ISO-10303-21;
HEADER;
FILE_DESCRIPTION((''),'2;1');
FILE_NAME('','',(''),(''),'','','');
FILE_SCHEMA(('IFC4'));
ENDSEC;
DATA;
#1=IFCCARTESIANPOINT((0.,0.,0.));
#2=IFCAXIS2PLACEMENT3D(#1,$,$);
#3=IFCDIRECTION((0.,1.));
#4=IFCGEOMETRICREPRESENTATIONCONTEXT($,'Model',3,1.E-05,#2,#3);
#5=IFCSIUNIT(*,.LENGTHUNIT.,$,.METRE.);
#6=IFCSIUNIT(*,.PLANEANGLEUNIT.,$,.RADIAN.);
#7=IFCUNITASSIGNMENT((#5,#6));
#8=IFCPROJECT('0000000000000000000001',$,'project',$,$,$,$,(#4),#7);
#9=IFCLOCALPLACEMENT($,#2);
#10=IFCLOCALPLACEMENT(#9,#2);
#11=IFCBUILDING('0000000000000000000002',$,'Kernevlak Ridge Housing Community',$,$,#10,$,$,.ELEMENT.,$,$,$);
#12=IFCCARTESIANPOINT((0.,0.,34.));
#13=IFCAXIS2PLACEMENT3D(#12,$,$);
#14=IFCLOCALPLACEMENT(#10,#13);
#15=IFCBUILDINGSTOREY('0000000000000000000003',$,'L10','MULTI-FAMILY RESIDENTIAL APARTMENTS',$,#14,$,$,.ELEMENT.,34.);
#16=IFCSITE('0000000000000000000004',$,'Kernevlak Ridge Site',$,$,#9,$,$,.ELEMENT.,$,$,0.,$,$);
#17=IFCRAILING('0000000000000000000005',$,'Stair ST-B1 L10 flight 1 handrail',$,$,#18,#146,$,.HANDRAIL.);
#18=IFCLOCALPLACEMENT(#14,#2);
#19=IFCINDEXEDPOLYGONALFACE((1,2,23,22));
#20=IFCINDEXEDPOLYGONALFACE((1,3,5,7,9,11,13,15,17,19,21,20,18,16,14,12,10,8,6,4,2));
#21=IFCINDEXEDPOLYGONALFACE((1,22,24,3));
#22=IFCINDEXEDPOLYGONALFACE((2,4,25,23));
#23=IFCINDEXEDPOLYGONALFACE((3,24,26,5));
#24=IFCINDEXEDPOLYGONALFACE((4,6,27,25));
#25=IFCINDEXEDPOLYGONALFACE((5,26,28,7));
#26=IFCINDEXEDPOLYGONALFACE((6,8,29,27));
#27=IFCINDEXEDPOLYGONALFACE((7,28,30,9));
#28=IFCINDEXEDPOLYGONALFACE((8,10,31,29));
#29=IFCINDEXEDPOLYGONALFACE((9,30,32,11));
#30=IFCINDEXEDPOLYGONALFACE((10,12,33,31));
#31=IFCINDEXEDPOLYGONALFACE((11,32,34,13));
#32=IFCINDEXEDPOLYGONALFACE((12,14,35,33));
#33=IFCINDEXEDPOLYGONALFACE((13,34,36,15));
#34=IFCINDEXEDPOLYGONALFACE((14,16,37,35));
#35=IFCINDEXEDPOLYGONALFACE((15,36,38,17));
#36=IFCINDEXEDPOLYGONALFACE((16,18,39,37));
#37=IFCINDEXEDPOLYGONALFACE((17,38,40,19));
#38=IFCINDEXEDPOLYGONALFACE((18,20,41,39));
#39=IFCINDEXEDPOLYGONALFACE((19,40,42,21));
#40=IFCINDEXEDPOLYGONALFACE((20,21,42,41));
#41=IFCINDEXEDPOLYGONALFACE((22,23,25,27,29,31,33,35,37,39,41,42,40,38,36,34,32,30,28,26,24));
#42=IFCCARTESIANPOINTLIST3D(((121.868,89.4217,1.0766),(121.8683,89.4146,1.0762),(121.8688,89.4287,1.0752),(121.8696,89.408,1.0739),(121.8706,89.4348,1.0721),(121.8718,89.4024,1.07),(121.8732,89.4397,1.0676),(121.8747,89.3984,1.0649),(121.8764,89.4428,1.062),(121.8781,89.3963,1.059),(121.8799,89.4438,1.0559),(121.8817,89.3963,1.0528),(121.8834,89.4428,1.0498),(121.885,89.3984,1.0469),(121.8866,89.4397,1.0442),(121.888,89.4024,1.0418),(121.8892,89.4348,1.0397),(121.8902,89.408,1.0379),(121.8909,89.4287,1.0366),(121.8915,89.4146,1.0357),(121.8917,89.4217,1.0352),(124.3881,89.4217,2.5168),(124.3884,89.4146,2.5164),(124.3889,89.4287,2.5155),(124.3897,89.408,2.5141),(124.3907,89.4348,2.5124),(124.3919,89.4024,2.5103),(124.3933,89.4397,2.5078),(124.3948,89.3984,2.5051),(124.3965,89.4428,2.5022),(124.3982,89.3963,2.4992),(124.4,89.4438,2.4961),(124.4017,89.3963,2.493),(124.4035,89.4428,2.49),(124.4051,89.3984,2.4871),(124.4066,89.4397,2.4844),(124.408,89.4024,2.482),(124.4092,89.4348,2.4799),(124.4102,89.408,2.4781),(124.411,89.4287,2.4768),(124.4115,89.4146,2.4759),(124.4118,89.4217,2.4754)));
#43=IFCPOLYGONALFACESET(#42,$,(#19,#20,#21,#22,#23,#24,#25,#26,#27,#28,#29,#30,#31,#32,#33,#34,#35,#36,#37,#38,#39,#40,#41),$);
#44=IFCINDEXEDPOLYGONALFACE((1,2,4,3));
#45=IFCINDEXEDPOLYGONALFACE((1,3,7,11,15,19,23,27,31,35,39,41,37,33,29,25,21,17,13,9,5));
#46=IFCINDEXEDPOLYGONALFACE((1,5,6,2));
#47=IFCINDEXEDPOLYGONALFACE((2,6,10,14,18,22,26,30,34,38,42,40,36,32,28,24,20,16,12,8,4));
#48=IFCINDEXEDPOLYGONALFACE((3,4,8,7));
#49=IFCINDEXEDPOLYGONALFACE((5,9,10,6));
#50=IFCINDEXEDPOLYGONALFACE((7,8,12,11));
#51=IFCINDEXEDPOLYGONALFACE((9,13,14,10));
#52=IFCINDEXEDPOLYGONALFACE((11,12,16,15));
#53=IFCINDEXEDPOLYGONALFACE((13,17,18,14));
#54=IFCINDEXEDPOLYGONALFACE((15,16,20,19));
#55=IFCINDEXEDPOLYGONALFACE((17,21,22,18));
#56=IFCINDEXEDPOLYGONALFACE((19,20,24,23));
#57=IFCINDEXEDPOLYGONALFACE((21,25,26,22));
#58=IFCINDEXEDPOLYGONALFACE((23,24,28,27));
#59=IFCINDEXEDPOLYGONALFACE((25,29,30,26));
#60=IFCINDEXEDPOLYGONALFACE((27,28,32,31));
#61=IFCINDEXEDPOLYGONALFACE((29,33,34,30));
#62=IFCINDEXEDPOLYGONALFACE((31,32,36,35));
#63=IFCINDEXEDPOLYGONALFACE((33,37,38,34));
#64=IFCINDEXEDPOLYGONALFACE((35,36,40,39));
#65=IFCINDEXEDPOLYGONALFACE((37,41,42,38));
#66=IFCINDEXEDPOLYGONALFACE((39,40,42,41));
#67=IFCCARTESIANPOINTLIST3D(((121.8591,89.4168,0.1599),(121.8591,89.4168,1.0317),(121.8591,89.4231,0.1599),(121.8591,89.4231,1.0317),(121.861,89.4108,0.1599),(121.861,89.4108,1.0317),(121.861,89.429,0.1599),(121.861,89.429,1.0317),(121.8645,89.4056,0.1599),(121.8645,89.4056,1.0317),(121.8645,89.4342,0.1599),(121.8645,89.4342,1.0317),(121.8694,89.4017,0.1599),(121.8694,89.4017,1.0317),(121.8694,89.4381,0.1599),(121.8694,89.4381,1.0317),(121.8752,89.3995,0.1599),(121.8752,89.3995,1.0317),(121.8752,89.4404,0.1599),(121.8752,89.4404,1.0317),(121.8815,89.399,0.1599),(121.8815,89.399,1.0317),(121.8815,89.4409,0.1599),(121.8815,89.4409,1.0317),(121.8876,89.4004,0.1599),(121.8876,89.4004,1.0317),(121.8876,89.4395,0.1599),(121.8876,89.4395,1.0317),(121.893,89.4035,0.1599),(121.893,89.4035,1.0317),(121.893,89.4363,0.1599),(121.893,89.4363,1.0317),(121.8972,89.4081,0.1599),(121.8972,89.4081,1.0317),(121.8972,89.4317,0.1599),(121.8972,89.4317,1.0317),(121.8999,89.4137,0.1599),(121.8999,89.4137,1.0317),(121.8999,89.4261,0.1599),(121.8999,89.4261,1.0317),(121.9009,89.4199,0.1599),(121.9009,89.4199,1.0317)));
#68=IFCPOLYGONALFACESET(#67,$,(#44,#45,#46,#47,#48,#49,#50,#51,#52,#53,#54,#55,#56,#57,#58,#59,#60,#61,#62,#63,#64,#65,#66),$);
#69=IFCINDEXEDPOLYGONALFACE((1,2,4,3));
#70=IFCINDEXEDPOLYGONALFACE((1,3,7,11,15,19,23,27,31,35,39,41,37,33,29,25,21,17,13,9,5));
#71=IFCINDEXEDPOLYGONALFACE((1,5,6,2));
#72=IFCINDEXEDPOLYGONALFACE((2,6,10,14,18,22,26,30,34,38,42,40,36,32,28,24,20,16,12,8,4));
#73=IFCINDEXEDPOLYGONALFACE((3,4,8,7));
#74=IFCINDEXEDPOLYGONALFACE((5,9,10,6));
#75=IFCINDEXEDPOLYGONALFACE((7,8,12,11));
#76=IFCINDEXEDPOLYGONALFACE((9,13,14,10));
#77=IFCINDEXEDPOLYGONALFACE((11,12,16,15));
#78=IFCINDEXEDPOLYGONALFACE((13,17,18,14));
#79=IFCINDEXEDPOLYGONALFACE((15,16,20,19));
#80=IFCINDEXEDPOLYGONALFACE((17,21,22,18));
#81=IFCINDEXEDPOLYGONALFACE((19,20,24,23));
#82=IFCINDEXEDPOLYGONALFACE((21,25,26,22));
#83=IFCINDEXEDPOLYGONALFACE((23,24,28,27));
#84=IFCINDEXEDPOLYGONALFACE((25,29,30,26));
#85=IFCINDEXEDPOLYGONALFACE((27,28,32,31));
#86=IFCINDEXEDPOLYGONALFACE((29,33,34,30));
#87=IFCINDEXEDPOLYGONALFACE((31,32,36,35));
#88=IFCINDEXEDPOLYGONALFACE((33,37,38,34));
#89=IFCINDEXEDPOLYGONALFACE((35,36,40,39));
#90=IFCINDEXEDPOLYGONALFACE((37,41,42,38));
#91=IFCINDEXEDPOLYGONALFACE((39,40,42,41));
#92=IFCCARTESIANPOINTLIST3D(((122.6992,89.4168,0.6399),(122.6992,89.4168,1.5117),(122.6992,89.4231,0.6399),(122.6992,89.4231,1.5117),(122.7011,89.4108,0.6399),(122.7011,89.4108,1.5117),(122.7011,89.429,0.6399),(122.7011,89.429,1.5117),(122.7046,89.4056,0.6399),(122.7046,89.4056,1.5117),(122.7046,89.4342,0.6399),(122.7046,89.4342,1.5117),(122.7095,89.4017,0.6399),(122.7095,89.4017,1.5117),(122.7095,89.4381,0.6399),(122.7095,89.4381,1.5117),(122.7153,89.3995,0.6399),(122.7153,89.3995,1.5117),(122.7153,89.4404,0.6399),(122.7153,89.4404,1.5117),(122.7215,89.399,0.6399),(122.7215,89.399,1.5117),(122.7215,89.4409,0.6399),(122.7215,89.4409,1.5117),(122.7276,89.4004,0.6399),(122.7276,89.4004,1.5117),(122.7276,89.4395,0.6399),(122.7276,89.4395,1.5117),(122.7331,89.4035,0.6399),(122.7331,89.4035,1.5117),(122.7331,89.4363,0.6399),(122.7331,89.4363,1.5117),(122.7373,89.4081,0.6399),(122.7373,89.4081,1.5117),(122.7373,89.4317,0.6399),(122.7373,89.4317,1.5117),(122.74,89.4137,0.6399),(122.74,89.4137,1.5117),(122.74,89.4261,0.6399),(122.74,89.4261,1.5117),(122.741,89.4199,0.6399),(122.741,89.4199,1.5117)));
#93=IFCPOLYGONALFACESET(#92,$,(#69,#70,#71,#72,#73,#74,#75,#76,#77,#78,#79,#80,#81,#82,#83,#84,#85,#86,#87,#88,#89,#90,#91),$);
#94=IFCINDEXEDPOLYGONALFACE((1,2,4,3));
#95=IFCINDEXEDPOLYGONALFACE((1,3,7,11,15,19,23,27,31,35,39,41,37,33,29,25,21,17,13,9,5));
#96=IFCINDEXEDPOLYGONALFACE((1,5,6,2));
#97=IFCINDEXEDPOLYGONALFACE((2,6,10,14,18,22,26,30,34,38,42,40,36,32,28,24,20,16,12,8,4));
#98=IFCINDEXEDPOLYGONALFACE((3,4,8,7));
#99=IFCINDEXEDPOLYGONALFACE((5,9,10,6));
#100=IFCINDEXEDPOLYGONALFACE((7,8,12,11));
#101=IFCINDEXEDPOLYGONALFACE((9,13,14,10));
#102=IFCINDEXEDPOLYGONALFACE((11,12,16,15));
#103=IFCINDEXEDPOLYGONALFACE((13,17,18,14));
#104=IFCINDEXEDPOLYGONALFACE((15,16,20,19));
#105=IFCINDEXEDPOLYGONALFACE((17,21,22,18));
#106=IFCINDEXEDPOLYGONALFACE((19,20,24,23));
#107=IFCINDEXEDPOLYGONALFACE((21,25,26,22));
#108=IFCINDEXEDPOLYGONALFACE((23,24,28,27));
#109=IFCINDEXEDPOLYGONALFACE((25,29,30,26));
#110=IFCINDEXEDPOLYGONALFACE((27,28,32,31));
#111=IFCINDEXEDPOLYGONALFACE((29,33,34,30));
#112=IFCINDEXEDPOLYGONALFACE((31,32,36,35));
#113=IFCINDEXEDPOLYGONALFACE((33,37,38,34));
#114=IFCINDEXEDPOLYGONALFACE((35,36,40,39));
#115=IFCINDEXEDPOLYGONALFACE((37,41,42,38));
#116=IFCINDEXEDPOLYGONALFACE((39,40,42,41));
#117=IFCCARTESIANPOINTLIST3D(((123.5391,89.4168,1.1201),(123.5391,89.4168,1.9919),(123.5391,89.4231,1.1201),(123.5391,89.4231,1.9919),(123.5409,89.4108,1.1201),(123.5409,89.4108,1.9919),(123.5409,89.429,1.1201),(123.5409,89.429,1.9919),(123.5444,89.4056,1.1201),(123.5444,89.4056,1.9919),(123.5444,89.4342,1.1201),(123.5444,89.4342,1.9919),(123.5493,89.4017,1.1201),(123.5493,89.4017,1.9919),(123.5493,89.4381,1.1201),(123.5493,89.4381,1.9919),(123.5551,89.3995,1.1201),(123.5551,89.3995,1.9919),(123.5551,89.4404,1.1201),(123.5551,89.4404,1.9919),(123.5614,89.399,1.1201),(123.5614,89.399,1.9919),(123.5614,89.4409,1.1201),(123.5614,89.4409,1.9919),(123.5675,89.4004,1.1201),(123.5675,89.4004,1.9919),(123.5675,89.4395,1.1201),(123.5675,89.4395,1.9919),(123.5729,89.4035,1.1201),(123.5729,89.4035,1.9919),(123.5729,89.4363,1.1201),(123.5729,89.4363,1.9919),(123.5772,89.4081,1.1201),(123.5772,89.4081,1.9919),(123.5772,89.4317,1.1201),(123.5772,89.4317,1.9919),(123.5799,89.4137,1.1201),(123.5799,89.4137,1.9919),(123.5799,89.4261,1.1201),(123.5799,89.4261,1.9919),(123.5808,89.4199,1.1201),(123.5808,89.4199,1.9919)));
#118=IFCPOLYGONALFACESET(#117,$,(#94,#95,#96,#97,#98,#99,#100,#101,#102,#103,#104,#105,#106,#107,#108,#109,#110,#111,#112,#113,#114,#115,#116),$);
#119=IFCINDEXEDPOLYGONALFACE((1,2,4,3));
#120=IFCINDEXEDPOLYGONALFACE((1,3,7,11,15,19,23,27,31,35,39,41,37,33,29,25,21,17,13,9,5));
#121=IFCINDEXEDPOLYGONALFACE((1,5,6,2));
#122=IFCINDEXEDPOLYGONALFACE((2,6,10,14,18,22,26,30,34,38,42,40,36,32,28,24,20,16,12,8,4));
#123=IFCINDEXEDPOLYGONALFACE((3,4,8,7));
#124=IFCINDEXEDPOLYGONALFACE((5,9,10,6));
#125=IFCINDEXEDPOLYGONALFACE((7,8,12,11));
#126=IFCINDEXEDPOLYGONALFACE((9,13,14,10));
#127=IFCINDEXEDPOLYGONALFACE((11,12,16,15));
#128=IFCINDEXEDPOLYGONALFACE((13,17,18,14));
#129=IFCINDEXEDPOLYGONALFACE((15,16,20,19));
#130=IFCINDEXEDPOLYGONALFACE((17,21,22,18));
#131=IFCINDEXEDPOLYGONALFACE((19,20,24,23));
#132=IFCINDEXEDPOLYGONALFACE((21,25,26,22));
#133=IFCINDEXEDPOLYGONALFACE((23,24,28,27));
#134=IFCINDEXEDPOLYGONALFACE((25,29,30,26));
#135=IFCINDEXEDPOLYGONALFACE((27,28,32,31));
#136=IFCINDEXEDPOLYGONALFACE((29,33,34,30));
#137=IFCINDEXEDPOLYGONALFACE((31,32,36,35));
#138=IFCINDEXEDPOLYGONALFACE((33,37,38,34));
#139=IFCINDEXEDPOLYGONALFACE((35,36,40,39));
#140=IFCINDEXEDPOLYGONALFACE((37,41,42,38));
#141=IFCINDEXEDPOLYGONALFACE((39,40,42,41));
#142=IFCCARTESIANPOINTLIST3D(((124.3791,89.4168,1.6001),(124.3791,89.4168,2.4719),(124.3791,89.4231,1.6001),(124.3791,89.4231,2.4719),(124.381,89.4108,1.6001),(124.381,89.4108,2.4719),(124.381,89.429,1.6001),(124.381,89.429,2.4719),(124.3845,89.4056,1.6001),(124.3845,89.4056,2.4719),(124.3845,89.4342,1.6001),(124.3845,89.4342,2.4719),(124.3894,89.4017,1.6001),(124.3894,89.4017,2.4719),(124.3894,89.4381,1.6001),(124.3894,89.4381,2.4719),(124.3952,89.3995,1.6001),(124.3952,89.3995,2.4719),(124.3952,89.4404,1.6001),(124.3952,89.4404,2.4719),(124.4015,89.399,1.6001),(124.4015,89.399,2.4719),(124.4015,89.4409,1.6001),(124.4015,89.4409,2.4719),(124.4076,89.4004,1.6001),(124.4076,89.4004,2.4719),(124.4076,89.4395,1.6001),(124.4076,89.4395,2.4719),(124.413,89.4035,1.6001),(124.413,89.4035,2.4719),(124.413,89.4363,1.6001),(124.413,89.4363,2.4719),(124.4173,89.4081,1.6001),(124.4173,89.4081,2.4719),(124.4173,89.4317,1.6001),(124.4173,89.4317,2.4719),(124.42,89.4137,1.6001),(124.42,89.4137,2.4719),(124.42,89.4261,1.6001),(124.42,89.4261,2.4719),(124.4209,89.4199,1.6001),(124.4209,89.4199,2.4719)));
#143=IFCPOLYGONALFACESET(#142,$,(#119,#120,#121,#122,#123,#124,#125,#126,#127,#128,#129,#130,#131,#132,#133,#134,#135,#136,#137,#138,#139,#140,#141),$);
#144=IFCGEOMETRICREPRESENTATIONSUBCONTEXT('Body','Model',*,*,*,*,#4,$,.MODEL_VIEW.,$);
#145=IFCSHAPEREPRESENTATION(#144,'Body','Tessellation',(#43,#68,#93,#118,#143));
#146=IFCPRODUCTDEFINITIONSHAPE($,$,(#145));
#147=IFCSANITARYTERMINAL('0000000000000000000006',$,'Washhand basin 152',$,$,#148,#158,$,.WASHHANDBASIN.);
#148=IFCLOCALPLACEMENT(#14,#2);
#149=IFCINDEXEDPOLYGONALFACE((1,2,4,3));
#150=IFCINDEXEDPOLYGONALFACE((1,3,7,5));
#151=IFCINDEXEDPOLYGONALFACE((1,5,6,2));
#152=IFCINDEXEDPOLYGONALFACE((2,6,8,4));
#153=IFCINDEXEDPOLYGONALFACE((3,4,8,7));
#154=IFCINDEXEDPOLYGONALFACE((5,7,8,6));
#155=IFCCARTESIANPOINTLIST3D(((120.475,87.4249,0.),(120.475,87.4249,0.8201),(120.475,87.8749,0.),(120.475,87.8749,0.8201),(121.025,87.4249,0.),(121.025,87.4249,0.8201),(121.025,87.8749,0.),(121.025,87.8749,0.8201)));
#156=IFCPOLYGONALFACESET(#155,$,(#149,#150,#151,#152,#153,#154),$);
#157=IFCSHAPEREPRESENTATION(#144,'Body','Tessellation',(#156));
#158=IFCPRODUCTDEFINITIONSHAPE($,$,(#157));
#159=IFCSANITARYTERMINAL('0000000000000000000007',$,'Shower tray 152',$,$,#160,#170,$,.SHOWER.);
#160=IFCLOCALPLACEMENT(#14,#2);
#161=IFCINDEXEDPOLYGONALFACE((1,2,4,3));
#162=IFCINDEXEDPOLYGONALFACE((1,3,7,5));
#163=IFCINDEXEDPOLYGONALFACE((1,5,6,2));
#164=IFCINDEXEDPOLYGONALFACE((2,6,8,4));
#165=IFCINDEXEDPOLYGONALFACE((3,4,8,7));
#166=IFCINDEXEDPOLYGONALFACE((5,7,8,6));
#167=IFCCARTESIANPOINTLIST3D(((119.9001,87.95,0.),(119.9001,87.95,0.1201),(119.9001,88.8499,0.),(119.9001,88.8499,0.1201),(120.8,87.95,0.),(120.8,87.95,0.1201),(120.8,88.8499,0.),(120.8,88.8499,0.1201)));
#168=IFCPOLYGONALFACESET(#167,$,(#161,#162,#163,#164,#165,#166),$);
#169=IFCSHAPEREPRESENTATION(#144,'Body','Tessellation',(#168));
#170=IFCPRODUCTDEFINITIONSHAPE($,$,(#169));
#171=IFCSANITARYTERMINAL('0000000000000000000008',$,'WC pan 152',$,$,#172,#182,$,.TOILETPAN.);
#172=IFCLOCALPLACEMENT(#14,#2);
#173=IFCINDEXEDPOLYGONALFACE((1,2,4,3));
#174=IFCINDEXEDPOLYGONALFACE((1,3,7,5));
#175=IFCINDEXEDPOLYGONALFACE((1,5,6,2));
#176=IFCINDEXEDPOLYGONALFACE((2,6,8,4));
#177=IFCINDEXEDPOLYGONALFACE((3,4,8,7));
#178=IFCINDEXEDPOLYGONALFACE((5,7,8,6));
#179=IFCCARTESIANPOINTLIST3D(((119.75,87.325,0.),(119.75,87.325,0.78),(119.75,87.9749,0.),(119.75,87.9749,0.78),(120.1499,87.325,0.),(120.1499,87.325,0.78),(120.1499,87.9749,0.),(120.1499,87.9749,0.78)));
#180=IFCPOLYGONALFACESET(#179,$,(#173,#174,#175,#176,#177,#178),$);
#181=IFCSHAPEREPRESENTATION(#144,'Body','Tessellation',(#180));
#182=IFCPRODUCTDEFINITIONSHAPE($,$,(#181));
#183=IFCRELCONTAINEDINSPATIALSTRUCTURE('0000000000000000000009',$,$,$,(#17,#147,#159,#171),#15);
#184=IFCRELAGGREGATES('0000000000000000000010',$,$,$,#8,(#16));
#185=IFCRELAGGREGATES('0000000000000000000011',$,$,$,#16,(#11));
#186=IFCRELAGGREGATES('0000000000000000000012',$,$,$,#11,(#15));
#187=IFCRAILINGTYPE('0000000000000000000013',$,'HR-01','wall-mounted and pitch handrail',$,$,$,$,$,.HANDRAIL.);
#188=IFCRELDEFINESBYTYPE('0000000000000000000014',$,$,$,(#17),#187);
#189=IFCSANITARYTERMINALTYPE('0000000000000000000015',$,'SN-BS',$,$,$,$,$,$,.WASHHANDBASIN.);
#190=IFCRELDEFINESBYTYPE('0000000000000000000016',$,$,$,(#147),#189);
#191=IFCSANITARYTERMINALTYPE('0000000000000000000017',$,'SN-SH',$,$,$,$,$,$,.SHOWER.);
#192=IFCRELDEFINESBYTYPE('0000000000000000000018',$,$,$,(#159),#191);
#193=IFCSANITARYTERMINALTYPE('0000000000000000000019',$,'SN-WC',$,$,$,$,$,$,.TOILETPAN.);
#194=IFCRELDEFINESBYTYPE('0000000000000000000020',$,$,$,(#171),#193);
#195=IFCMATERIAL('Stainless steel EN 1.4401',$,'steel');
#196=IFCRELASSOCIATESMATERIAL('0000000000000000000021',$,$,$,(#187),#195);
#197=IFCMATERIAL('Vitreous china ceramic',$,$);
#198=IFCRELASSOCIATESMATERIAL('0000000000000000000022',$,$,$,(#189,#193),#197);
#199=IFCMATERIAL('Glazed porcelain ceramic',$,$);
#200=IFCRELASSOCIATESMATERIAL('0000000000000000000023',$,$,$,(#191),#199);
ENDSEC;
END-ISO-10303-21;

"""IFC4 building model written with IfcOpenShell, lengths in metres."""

from ifc_helpers import new_model, si_unit, direction, frame, origin, origin_2d, place, context, subcontext, project, spatial, rectangle, circle, extrude, material, type_object, element, save


model = new_model("IFC4")

# Units and contexts
model_context = context("Model", 3, precision=1e-05, world=origin(), true_north=direction((0.0, 1.0)))
body_context = subcontext(model_context, "Body", "Model", "MODEL_VIEW")
ifc_project = project(units=[si_unit("LENGTHUNIT", "METRE"), si_unit("PLANEANGLEUNIT", "RADIAN")], contexts=[model_context])

# Site, building, storey
site_placement = place(None, origin())
site = spatial("IfcSite", under=ifc_project, at=site_placement, Name="Kernevlak Ridge Site", CompositionType="ELEMENT", RefElevation=0.0)
building_placement = place(site_placement, origin())
building = spatial("IfcBuilding", under=site, at=building_placement, Name="Kernevlak Ridge Housing Community", CompositionType="ELEMENT")
storey_placement = place(building_placement, frame((0.0, 0.0, 34.0)))
storey = spatial("IfcBuildingStorey", under=building, at=storey_placement, Name="L10", Description="MULTI-FAMILY RESIDENTIAL APARTMENTS", CompositionType="ELEMENT", Elevation=34.0)

# Railing
ifc_material_1 = material(Name="Stainless steel EN 1.4401", Category="steel")
railing_type_1 = type_object("IfcRailingType", Name="HR-01", Description="wall-mounted and pitch handrail", PredefinedType="HANDRAIL", material=ifc_material_1)
railing_1_placement = place(storey_placement, frame((121.8799, 89.4199, 0.1599)))
element("IfcRailing", 1, at=railing_1_placement, inside=storey, type_object=railing_type_1, Name="Stair ST-B1 L10 flight 1 handrail", PredefinedType="HANDRAIL", context=body_context, shape_type="SweptSolid", body=[
    extrude(circle(Radius=0.0239, at=origin_2d()), frame((0.0, 0.0, 0.896), z_axis=(0.868217, 0.0, 0.496184), x_axis=(0.0, 1.0, 0.0)), (0.0, 0.0, 1.0), 2.9026),
    extrude(circle(Radius=0.021, at=origin_2d()), origin(), (0.0, 0.0, 1.0), 0.8718),
    extrude(circle(Radius=0.021, at=origin_2d()), frame((0.8401, 0.0, 0.48)), (0.0, 0.0, 1.0), 0.8718),
    extrude(circle(Radius=0.021, at=origin_2d()), frame((1.6799, 0.0, 0.9602)), (0.0, 0.0, 1.0), 0.8718),
    extrude(circle(Radius=0.021, at=origin_2d()), frame((2.52, 0.0, 1.4402)), (0.0, 0.0, 1.0), 0.8718),
])

# Sanitary terminals
ifc_material_2 = material(Name="Vitreous china ceramic")
sanitary_terminal_type_1 = type_object("IfcSanitaryTerminalType", Name="SN-BS", PredefinedType="WASHHANDBASIN", material=ifc_material_2)
sanitary_terminal_1_placement = place(storey_placement, frame((120.75, 87.6499, 0.0), z_axis=(0.0, 0.0, 1.0), x_axis=(1.0, 0.0, 0.0)))
element("IfcSanitaryTerminal", 2, at=sanitary_terminal_1_placement, inside=storey, type_object=sanitary_terminal_type_1, Name="Washhand basin 152", PredefinedType="WASHHANDBASIN", context=body_context, shape_type="SweptSolid", body=[
    extrude(rectangle(XDim=0.55, YDim=0.45, at=origin_2d()), origin(), (0.0, 0.0, 1.0), 0.8201),
])
ifc_material_3 = material(Name="Glazed porcelain ceramic")
sanitary_terminal_type_2 = type_object("IfcSanitaryTerminalType", Name="SN-SH", PredefinedType="SHOWER", material=ifc_material_3)
sanitary_terminal_2_placement = place(storey_placement, frame((120.3501, 88.3999, 0.0), z_axis=(0.0, 0.0, 1.0), x_axis=(1.0, 0.0, 0.0)))
element("IfcSanitaryTerminal", 3, at=sanitary_terminal_2_placement, inside=storey, type_object=sanitary_terminal_type_2, Name="Shower tray 152", PredefinedType="SHOWER", context=body_context, shape_type="SweptSolid", body=[
    extrude(rectangle(XDim=0.8999, YDim=0.8999, at=origin_2d()), origin(), (0.0, 0.0, 1.0), 0.1201),
])
sanitary_terminal_type_3 = type_object("IfcSanitaryTerminalType", Name="SN-WC", PredefinedType="TOILETPAN", material=ifc_material_2)
sanitary_terminal_3_placement = place(storey_placement, frame((119.95, 87.6499, 0.0), z_axis=(0.0, 0.0, 1.0), x_axis=(1.0, 0.0, 0.0)))
element("IfcSanitaryTerminal", 4, at=sanitary_terminal_3_placement, inside=storey, type_object=sanitary_terminal_type_3, Name="WC pan 152", PredefinedType="TOILETPAN", context=body_context, shape_type="SweptSolid", body=[
    extrude(rectangle(XDim=0.3999, YDim=0.6499, at=origin_2d()), origin(), (0.0, 0.0, 1.0), 0.78),
])

save(model, "model.ifc")
